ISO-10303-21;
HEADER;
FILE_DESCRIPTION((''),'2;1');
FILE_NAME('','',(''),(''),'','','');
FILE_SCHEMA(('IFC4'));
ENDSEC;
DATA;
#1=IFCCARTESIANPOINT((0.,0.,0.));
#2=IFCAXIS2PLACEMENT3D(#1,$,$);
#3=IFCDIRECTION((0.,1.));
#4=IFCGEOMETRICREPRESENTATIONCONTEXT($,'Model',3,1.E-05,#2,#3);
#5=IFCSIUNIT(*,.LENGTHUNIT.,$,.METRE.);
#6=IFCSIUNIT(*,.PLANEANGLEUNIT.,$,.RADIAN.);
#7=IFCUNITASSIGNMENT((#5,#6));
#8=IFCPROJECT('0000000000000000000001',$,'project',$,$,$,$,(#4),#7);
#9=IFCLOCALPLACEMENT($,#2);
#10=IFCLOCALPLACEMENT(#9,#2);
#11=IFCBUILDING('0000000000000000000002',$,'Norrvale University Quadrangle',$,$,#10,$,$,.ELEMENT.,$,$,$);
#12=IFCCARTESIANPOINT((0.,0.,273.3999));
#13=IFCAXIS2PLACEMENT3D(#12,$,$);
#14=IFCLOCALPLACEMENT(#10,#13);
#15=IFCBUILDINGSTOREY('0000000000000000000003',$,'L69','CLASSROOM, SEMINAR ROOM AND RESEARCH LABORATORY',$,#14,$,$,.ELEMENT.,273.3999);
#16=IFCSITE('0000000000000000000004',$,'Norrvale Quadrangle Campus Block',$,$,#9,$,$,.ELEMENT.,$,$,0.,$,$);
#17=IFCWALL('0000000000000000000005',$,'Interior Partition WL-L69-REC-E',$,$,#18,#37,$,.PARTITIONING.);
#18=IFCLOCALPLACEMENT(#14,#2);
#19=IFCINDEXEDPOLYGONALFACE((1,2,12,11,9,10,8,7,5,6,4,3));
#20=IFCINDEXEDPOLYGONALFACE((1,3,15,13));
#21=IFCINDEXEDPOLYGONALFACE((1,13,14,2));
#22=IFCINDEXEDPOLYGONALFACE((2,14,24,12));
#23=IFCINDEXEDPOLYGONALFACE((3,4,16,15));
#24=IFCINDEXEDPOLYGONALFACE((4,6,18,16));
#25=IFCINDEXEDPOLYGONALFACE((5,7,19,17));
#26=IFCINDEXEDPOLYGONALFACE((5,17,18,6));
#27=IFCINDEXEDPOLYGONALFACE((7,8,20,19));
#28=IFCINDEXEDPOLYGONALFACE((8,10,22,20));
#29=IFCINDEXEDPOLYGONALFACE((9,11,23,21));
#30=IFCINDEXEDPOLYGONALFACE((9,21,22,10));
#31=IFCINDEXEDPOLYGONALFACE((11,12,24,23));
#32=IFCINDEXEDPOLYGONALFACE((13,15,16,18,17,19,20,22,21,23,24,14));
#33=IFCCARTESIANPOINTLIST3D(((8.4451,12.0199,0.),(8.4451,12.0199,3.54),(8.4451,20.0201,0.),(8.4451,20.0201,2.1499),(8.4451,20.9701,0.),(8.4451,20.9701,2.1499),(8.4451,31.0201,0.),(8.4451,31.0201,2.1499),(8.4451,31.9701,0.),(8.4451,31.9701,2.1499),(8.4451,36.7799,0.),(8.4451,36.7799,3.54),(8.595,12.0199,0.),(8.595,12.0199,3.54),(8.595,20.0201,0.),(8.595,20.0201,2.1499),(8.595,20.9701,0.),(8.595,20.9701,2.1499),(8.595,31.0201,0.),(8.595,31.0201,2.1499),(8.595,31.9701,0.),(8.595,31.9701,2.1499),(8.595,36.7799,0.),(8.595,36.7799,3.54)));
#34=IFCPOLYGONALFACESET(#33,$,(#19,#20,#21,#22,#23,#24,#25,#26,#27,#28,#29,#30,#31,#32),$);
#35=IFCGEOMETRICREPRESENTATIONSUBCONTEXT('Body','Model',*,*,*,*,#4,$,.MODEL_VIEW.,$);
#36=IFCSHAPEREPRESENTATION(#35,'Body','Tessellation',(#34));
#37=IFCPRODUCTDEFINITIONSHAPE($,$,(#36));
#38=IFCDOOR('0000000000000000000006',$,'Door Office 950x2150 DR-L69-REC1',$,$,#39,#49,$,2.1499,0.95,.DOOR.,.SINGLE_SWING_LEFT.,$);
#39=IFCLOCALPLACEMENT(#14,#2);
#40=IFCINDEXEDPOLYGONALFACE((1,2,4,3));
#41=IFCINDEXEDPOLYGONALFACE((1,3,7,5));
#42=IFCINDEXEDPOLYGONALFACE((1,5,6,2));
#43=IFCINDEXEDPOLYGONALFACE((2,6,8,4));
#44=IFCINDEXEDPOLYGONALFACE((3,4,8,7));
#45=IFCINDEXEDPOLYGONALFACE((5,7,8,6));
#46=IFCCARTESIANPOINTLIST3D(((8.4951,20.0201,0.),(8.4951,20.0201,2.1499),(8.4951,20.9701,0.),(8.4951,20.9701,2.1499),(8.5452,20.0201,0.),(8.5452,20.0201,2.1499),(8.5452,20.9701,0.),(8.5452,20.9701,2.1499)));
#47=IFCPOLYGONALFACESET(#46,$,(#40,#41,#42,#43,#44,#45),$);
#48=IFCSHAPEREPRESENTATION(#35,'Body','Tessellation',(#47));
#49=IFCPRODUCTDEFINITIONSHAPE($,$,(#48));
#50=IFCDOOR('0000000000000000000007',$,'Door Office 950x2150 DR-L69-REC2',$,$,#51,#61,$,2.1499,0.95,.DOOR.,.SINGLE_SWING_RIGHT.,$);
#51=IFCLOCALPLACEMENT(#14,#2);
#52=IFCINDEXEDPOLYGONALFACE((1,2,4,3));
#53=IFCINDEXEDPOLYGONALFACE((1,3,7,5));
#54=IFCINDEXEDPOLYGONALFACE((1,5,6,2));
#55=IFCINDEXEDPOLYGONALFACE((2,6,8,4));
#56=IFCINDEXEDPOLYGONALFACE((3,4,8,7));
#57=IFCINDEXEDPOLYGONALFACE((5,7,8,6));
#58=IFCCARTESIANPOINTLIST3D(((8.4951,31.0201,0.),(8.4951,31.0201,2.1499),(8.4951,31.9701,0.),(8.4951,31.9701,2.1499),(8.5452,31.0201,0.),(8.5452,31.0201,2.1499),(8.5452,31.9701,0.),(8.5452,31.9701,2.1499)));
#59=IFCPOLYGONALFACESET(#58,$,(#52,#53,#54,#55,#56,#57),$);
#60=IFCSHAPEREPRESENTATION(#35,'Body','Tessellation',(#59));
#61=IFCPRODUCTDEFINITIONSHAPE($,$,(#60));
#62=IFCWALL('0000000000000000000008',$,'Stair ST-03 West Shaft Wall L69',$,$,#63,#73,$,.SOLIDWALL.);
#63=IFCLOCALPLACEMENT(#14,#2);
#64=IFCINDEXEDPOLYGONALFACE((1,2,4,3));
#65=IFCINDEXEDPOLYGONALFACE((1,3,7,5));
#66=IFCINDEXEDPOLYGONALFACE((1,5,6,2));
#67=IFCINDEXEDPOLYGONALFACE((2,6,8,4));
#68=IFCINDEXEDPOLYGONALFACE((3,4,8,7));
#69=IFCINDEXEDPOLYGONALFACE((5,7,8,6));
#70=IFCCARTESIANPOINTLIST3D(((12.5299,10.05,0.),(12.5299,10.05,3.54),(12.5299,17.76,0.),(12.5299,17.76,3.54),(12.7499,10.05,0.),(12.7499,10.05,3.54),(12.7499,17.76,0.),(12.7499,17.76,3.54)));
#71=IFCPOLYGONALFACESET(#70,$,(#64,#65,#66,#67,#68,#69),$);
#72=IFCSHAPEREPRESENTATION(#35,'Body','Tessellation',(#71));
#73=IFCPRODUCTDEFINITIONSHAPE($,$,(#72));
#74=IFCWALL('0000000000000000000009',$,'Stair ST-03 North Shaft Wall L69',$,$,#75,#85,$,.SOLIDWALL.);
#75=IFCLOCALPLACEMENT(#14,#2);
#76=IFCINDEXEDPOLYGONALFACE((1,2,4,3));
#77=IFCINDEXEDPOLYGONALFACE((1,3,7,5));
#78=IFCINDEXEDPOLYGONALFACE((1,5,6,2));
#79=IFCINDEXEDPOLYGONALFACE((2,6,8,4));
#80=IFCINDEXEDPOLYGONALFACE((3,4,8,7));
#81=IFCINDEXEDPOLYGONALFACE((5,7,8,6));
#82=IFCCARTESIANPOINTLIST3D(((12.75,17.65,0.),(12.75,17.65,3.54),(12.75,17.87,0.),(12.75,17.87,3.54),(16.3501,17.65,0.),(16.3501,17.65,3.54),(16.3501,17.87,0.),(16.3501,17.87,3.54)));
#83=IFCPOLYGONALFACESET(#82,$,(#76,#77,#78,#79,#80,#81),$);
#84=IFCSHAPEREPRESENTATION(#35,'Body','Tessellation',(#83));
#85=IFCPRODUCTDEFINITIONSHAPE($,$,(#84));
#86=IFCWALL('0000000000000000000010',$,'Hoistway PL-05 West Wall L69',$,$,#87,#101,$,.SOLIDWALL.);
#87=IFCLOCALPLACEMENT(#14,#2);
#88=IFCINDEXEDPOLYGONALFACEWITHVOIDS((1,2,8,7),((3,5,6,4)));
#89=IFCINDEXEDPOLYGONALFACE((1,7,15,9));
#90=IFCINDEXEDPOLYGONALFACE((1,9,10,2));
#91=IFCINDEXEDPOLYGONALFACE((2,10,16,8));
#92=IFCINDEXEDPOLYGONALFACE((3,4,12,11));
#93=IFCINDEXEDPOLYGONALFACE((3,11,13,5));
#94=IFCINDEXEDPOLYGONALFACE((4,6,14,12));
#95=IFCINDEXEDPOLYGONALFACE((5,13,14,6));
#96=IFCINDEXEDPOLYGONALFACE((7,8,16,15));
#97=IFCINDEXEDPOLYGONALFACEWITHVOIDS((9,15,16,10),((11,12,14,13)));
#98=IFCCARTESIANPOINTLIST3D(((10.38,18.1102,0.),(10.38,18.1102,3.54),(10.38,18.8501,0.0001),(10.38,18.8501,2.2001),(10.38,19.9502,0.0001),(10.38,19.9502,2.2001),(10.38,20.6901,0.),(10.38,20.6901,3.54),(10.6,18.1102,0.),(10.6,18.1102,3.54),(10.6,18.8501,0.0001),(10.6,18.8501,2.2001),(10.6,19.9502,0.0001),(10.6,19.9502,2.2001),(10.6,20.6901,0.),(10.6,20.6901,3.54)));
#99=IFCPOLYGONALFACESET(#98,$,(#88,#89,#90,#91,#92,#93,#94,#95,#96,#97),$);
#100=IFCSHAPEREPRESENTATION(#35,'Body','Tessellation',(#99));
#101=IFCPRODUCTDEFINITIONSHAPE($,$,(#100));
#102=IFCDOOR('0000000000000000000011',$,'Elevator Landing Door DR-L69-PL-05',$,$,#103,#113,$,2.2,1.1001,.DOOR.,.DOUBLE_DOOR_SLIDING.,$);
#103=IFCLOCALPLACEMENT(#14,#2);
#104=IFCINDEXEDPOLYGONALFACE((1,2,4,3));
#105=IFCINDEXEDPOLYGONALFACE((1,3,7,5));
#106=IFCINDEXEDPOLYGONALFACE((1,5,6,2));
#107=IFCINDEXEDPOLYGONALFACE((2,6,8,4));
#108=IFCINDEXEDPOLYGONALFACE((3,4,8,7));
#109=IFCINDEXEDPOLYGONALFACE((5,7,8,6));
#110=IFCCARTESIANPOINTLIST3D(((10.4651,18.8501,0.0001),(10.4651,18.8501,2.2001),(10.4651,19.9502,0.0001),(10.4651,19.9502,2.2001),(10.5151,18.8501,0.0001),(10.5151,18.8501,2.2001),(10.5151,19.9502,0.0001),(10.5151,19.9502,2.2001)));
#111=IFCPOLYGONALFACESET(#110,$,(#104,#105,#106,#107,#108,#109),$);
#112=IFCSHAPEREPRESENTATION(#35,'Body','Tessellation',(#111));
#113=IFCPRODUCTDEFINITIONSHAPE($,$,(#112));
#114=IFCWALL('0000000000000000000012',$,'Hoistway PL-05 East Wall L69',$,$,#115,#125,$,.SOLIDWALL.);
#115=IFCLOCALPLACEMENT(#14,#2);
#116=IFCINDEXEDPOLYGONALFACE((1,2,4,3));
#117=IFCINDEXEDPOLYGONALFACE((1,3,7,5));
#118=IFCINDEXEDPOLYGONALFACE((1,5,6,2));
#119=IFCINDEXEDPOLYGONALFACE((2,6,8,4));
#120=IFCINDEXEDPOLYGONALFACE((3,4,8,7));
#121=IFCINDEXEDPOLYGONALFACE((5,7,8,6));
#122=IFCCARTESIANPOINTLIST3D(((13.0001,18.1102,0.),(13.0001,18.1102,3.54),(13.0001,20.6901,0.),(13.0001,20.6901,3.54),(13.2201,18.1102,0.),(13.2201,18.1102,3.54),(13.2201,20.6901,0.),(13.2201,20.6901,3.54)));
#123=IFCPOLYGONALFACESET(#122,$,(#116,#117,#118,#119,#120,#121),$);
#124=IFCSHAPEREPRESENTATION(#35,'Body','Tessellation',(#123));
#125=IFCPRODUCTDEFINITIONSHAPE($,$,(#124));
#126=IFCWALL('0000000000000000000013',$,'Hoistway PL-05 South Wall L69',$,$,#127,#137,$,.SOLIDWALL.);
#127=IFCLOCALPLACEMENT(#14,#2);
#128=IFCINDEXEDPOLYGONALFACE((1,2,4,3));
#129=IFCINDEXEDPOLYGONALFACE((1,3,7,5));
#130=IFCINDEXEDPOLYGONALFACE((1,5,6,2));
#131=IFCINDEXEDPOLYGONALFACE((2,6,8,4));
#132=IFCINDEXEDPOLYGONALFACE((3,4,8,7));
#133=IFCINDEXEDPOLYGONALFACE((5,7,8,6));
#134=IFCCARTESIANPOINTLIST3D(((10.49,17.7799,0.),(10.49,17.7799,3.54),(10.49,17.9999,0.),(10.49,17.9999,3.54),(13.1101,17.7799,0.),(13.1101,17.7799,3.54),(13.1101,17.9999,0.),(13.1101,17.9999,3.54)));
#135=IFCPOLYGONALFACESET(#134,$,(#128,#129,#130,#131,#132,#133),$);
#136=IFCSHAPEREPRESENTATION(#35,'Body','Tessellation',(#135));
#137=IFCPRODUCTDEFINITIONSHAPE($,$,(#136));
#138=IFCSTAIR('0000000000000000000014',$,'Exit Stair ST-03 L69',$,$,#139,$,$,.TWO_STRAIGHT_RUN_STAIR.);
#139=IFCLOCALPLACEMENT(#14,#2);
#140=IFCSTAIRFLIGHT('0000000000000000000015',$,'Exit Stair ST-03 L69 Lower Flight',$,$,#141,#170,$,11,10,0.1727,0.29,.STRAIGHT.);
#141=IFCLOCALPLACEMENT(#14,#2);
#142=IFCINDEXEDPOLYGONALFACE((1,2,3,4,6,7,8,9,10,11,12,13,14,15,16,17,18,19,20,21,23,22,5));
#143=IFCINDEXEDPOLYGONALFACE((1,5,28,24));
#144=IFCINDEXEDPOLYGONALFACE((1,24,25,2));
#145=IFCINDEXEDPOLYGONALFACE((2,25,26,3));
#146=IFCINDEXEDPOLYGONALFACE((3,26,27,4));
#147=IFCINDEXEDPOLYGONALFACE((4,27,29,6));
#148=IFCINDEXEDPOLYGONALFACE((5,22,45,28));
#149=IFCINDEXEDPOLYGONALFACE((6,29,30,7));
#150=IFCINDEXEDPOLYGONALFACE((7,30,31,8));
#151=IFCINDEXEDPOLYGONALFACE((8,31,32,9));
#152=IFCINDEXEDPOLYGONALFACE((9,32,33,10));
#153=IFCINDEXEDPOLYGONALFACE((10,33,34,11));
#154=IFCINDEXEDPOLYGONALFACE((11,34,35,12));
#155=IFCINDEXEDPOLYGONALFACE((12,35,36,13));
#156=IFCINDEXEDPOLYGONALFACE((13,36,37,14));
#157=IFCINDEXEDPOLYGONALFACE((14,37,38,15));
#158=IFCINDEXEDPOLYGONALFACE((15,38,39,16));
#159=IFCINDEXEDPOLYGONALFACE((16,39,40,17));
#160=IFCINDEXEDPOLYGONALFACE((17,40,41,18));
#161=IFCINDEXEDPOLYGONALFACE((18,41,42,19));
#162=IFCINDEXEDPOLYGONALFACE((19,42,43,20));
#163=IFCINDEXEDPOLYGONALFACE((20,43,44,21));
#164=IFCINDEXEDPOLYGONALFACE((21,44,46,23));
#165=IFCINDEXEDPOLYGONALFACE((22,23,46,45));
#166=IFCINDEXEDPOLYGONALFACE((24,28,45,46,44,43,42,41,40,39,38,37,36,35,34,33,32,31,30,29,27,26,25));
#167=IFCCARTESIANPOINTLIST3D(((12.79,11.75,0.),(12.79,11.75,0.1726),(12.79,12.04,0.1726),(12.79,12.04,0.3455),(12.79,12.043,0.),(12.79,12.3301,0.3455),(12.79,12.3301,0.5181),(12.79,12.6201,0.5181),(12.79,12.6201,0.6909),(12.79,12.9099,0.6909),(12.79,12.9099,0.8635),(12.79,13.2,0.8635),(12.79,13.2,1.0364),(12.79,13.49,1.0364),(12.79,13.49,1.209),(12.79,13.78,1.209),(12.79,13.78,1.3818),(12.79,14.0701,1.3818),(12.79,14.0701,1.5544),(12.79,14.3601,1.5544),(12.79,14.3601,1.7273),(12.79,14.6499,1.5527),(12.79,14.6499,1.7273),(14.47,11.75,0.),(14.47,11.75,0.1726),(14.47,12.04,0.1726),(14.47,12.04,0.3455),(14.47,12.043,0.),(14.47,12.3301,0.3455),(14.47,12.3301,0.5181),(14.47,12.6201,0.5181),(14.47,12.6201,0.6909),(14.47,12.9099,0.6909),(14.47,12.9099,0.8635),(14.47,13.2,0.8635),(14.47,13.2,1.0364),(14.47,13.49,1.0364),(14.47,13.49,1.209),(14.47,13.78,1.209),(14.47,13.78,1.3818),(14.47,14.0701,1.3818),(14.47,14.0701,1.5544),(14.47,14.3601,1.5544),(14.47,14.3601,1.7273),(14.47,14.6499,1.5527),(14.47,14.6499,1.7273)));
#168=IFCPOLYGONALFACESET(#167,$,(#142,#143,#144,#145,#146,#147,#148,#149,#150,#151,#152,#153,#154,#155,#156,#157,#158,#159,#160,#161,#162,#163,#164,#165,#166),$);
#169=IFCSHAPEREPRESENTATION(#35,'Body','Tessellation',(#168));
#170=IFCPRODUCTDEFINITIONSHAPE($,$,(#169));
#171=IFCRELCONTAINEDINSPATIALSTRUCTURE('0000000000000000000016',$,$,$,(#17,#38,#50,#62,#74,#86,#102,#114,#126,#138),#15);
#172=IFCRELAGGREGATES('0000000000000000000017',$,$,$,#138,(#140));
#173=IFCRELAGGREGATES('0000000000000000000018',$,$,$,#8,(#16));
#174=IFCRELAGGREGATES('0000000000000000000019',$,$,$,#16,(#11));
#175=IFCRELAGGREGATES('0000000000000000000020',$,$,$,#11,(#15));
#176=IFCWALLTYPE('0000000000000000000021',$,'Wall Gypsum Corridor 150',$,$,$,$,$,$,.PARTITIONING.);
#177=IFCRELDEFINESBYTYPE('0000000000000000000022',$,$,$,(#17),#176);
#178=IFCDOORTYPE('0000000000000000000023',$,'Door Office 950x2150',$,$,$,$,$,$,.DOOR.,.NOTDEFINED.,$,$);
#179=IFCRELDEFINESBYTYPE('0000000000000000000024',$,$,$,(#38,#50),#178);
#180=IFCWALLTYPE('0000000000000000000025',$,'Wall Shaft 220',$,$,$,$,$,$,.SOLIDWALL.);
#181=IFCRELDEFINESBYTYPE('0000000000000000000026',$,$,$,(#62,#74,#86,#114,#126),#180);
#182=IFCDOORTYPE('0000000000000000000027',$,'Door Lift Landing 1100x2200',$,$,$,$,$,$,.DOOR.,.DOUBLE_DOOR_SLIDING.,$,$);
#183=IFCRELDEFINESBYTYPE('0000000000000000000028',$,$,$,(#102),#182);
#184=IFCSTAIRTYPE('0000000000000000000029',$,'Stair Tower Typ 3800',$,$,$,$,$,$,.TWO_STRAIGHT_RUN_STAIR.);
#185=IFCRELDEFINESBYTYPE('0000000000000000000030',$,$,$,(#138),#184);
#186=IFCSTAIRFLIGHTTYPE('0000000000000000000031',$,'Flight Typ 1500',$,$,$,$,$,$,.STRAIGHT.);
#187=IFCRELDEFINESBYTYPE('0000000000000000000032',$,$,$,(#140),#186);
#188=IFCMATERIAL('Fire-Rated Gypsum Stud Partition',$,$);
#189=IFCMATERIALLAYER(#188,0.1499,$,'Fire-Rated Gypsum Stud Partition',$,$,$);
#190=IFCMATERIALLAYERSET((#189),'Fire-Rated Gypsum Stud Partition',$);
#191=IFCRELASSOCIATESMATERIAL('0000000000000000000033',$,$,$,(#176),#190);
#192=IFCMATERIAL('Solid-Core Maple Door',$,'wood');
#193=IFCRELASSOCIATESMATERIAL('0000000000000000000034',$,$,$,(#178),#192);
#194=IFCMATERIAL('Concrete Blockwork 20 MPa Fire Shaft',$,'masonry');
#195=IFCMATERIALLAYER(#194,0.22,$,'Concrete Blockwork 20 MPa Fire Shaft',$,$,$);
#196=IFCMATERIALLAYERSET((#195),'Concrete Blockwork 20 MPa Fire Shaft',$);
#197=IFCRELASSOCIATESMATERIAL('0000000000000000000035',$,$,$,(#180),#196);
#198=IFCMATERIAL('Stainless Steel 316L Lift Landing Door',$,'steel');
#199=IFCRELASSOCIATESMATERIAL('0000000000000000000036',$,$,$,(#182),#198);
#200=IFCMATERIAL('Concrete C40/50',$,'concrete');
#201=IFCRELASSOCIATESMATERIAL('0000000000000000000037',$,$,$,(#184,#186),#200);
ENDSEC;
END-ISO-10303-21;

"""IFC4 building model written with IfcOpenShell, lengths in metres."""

from ifc_helpers import new_model, si_unit, direction, frame, frame_2d, origin, place, context, subcontext, project, spatial, polyline, rectangle, outline, extrude, material, layer, layer_set, type_object, element, fill, aggregate, save


model = new_model("IFC4")

# Units and contexts
model_context = context("Model", 3, precision=1e-05, world=origin(), true_north=direction((0.0, 1.0)))
body_context = subcontext(model_context, "Body", "Model", "MODEL_VIEW")
ifc_project = project(units=[si_unit("LENGTHUNIT", "METRE"), si_unit("PLANEANGLEUNIT", "RADIAN")], contexts=[model_context])

# Site, building, storey
site_placement = place(None, origin())
site = spatial("IfcSite", under=ifc_project, at=site_placement, Name="Norrvale Quadrangle Campus Block", CompositionType="ELEMENT", RefElevation=0.0)
building_placement = place(site_placement, origin())
building = spatial("IfcBuilding", under=site, at=building_placement, Name="Norrvale University Quadrangle", CompositionType="ELEMENT")
storey_placement = place(building_placement, frame((0.0, 0.0, 273.3999)))
storey = spatial("IfcBuildingStorey", under=building, at=storey_placement, Name="L69", Description="CLASSROOM, SEMINAR ROOM AND RESEARCH LABORATORY", CompositionType="ELEMENT", Elevation=273.3999)

# Shared definitions
ifc_material_1 = material(Name="Fire-Rated Gypsum Stud Partition")
ifc_layer_1 = layer(ifc_material_1, 0.1499, Name="Fire-Rated Gypsum Stud Partition")
ifc_layer_set_1 = layer_set([ifc_layer_1], Name="Fire-Rated Gypsum Stud Partition")
wall_type_1 = type_object("IfcWallType", Name="Wall Gypsum Corridor 150", PredefinedType="PARTITIONING", material=ifc_layer_set_1)

# Wall, openings, doors
wall_1_placement = place(storey_placement, frame((8.52, 12.02, 0.0), z_axis=(0.0, 0.0, 1.0), x_axis=(0.0, 1.0, 0.0)))
wall_1 = element("IfcWall", 1, at=wall_1_placement, inside=storey, type_object=wall_type_1, Name="Interior Partition WL-L69-REC-E", PredefinedType="PARTITIONING", context=body_context, shape_type="SweptSolid", body=[
    extrude(rectangle(XDim=24.76, YDim=0.1499, at=frame_2d((12.3799, 0.0))), origin(), (0.0, 0.0, 1.0), 3.54),
])
opening_1_placement = place(wall_1_placement, frame((8.0, 0.0, 0.0)))
opening_1 = element("IfcOpeningElement", 2, at=opening_1_placement, cuts=wall_1, PredefinedType="OPENING", context=body_context, shape_type="SweptSolid", body=[
    extrude(rectangle(XDim=0.95, YDim=2.1499, at=frame_2d((0.4751, 1.075))), frame((0.0, 0.0869, 0.0), z_axis=(0.0, -1.0, 0.0), x_axis=(1.0, 0.0, 0.0)), (0.0, 0.0, 1.0), 0.1738),
])
opening_2_placement = place(wall_1_placement, frame((19.0, 0.0, 0.0)))
opening_2 = element("IfcOpeningElement", 3, at=opening_2_placement, cuts=wall_1, PredefinedType="OPENING", context=body_context, shape_type="SweptSolid", body=[
    extrude(rectangle(XDim=0.95, YDim=2.1499, at=frame_2d((0.4751, 1.075))), frame((0.0, 0.0869, 0.0), z_axis=(0.0, -1.0, 0.0), x_axis=(1.0, 0.0, 0.0)), (0.0, 0.0, 1.0), 0.1738),
])
ifc_material_2 = material(Name="Solid-Core Maple Door", Category="wood")
door_type_1 = type_object("IfcDoorType", Name="Door Office 950x2150", OperationType="NOTDEFINED", PredefinedType="DOOR", material=ifc_material_2)
door_1_placement = place(opening_1_placement, origin())
door_1 = element("IfcDoor", 4, at=door_1_placement, inside=storey, type_object=door_type_1, Name="Door Office 950x2150 DR-L69-REC1", OperationType="SINGLE_SWING_LEFT", OverallHeight=2.1499, OverallWidth=0.95, PredefinedType="DOOR", context=body_context, shape_type="SweptSolid", body=[
    extrude(rectangle(XDim=0.95, YDim=2.1499, at=frame_2d((0.4751, 1.075))), frame((0.0, 0.0249, 0.0), z_axis=(0.0, -1.0, 0.0), x_axis=(1.0, 0.0, 0.0)), (0.0, 0.0, 1.0), 0.05),
])
fill(opening_1, door_1)
door_2_placement = place(opening_2_placement, origin())
door_2 = element("IfcDoor", 5, at=door_2_placement, inside=storey, type_object=door_type_1, Name="Door Office 950x2150 DR-L69-REC2", OperationType="SINGLE_SWING_RIGHT", OverallHeight=2.1499, OverallWidth=0.95, PredefinedType="DOOR", context=body_context, shape_type="SweptSolid", body=[
    extrude(rectangle(XDim=0.95, YDim=2.1499, at=frame_2d((0.4751, 1.075))), frame((0.0, 0.0249, 0.0), z_axis=(0.0, -1.0, 0.0), x_axis=(1.0, 0.0, 0.0)), (0.0, 0.0, 1.0), 0.05),
])
fill(opening_2, door_2)

# Walls
ifc_material_3 = material(Name="Concrete Blockwork 20 MPa Fire Shaft", Category="masonry")
ifc_layer_2 = layer(ifc_material_3, 0.22, Name="Concrete Blockwork 20 MPa Fire Shaft")
ifc_layer_set_2 = layer_set([ifc_layer_2], Name="Concrete Blockwork 20 MPa Fire Shaft")
wall_type_2 = type_object("IfcWallType", Name="Wall Shaft 220", PredefinedType="SOLIDWALL", material=ifc_layer_set_2)
wall_2_placement = place(storey_placement, frame((12.6399, 10.05, 0.0), z_axis=(0.0, 0.0, 1.0), x_axis=(0.0, 1.0, 0.0)))
element("IfcWall", 6, at=wall_2_placement, inside=storey, type_object=wall_type_2, Name="Stair ST-03 West Shaft Wall L69", PredefinedType="SOLIDWALL", context=body_context, shape_type="SweptSolid", body=[
    extrude(rectangle(XDim=7.71, YDim=0.22, at=frame_2d((3.855, 0.0))), origin(), (0.0, 0.0, 1.0), 3.54),
])
wall_3_placement = place(storey_placement, frame((12.75, 17.76, 0.0), z_axis=(0.0, 0.0, 1.0), x_axis=(1.0, 0.0, 0.0)))
element("IfcWall", 7, at=wall_3_placement, inside=storey, type_object=wall_type_2, Name="Stair ST-03 North Shaft Wall L69", PredefinedType="SOLIDWALL", context=body_context, shape_type="SweptSolid", body=[
    extrude(rectangle(XDim=3.6001, YDim=0.22, at=frame_2d((1.8, 0.0))), origin(), (0.0, 0.0, 1.0), 3.54),
])

# Wall, opening, door
wall_4_placement = place(storey_placement, frame((10.49, 18.1101, 0.0), z_axis=(0.0, 0.0, 1.0), x_axis=(0.0, 1.0, 0.0)))
wall_4 = element("IfcWall", 8, at=wall_4_placement, inside=storey, type_object=wall_type_2, Name="Hoistway PL-05 West Wall L69", PredefinedType="SOLIDWALL", context=body_context, shape_type="SweptSolid", body=[
    extrude(rectangle(XDim=2.5798, YDim=0.22, at=frame_2d((1.29, 0.0))), origin(), (0.0, 0.0, 1.0), 3.54),
])
opening_3_placement = place(wall_4_placement, frame((0.74, 0.0, 0.0)))
opening_3 = element("IfcOpeningElement", 9, at=opening_3_placement, cuts=wall_4, PredefinedType="OPENING", context=body_context, shape_type="SweptSolid", body=[
    extrude(rectangle(XDim=1.1001, YDim=2.2, at=frame_2d((0.55, 1.1001))), frame((0.0, 0.1221, 0.0), z_axis=(0.0, -1.0, 0.0), x_axis=(1.0, 0.0, 0.0)), (0.0, 0.0, 1.0), 0.2439),
])
ifc_material_4 = material(Name="Stainless Steel 316L Lift Landing Door", Category="steel")
door_type_2 = type_object("IfcDoorType", Name="Door Lift Landing 1100x2200", OperationType="DOUBLE_DOOR_SLIDING", PredefinedType="DOOR", material=ifc_material_4)
door_3_placement = place(opening_3_placement, origin())
door_3 = element("IfcDoor", 10, at=door_3_placement, inside=storey, type_object=door_type_2, Name="Elevator Landing Door DR-L69-PL-05", OperationType="DOUBLE_DOOR_SLIDING", OverallHeight=2.2, OverallWidth=1.1001, PredefinedType="DOOR", context=body_context, shape_type="SweptSolid", body=[
    extrude(rectangle(XDim=1.1001, YDim=2.2, at=frame_2d((0.55, 1.1001))), frame((0.0, 0.0249, 0.0), z_axis=(0.0, -1.0, 0.0), x_axis=(1.0, 0.0, 0.0)), (0.0, 0.0, 1.0), 0.05),
])
fill(opening_3, door_3)

# Walls
wall_5_placement = place(storey_placement, frame((13.1101, 18.1101, 0.0), z_axis=(0.0, 0.0, 1.0), x_axis=(0.0, 1.0, 0.0)))
element("IfcWall", 11, at=wall_5_placement, inside=storey, type_object=wall_type_2, Name="Hoistway PL-05 East Wall L69", PredefinedType="SOLIDWALL", context=body_context, shape_type="SweptSolid", body=[
    extrude(rectangle(XDim=2.5798, YDim=0.22, at=frame_2d((1.29, 0.0))), origin(), (0.0, 0.0, 1.0), 3.54),
])
wall_6_placement = place(storey_placement, frame((10.49, 17.8899, 0.0), z_axis=(0.0, 0.0, 1.0), x_axis=(1.0, 0.0, 0.0)))
element("IfcWall", 12, at=wall_6_placement, inside=storey, type_object=wall_type_2, Name="Hoistway PL-05 South Wall L69", PredefinedType="SOLIDWALL", context=body_context, shape_type="SweptSolid", body=[
    extrude(rectangle(XDim=2.6201, YDim=0.22, at=frame_2d((1.3101, 0.0))), origin(), (0.0, 0.0, 1.0), 3.54),
])

# Stair, stair flight
ifc_material_5 = material(Name="Concrete C40/50", Category="concrete")
stair_type = type_object("IfcStairType", Name="Stair Tower Typ 3800", PredefinedType="TWO_STRAIGHT_RUN_STAIR", material=ifc_material_5)
stair_placement = place(storey_placement, origin())
stair = element("IfcStair", 13, at=stair_placement, inside=storey, type_object=stair_type, Name="Exit Stair ST-03 L69", PredefinedType="TWO_STRAIGHT_RUN_STAIR")
stair_flight_type = type_object("IfcStairFlightType", Name="Flight Typ 1500", PredefinedType="STRAIGHT", material=ifc_material_5)
stair_flight_placement = place(storey_placement, frame((13.6299, 11.75, 0.0), z_axis=(0.0, 0.0, 1.0), x_axis=(0.0, 1.0, 0.0)))
stair_flight = element("IfcStairFlight", 14, at=stair_flight_placement, type_object=stair_flight_type, Name="Exit Stair ST-03 L69 Lower Flight", NumberOfRisers=11, NumberOfTreads=10, PredefinedType="STRAIGHT", RiserHeight=0.1727, TreadLength=0.29, context=body_context, shape_type="SweptSolid", body=[
    extrude(outline(polyline([(0.0, 0.0), (0.0, 0.1726), (0.29, 0.1726), (0.29, 0.3455), (0.5801, 0.3455), (0.5801, 0.5181), (0.8701, 0.5181), (0.8701, 0.6909), (1.1599, 0.6909), (1.1599, 0.8635), (1.45, 0.8635), (1.45, 1.0364), (1.74, 1.0364), (1.74, 1.209), (2.03, 1.209), (2.03, 1.3818), (2.3201, 1.3818), (2.3201, 1.5544), (2.6101, 1.5544), (2.6101, 1.7273), (2.8999, 1.7273), (2.8999, 1.8999), (2.8999, 1.5527), (0.293, 0.0), (0.0, 0.0)])), frame((0.0, 0.8398, 0.0), z_axis=(0.0, -1.0, 0.0), x_axis=(1.0, 0.0, 0.0)), (0.0, 0.0, 1.0), 1.6799),
])
aggregate(stair, [stair_flight])

save(model, "model.ifc")
